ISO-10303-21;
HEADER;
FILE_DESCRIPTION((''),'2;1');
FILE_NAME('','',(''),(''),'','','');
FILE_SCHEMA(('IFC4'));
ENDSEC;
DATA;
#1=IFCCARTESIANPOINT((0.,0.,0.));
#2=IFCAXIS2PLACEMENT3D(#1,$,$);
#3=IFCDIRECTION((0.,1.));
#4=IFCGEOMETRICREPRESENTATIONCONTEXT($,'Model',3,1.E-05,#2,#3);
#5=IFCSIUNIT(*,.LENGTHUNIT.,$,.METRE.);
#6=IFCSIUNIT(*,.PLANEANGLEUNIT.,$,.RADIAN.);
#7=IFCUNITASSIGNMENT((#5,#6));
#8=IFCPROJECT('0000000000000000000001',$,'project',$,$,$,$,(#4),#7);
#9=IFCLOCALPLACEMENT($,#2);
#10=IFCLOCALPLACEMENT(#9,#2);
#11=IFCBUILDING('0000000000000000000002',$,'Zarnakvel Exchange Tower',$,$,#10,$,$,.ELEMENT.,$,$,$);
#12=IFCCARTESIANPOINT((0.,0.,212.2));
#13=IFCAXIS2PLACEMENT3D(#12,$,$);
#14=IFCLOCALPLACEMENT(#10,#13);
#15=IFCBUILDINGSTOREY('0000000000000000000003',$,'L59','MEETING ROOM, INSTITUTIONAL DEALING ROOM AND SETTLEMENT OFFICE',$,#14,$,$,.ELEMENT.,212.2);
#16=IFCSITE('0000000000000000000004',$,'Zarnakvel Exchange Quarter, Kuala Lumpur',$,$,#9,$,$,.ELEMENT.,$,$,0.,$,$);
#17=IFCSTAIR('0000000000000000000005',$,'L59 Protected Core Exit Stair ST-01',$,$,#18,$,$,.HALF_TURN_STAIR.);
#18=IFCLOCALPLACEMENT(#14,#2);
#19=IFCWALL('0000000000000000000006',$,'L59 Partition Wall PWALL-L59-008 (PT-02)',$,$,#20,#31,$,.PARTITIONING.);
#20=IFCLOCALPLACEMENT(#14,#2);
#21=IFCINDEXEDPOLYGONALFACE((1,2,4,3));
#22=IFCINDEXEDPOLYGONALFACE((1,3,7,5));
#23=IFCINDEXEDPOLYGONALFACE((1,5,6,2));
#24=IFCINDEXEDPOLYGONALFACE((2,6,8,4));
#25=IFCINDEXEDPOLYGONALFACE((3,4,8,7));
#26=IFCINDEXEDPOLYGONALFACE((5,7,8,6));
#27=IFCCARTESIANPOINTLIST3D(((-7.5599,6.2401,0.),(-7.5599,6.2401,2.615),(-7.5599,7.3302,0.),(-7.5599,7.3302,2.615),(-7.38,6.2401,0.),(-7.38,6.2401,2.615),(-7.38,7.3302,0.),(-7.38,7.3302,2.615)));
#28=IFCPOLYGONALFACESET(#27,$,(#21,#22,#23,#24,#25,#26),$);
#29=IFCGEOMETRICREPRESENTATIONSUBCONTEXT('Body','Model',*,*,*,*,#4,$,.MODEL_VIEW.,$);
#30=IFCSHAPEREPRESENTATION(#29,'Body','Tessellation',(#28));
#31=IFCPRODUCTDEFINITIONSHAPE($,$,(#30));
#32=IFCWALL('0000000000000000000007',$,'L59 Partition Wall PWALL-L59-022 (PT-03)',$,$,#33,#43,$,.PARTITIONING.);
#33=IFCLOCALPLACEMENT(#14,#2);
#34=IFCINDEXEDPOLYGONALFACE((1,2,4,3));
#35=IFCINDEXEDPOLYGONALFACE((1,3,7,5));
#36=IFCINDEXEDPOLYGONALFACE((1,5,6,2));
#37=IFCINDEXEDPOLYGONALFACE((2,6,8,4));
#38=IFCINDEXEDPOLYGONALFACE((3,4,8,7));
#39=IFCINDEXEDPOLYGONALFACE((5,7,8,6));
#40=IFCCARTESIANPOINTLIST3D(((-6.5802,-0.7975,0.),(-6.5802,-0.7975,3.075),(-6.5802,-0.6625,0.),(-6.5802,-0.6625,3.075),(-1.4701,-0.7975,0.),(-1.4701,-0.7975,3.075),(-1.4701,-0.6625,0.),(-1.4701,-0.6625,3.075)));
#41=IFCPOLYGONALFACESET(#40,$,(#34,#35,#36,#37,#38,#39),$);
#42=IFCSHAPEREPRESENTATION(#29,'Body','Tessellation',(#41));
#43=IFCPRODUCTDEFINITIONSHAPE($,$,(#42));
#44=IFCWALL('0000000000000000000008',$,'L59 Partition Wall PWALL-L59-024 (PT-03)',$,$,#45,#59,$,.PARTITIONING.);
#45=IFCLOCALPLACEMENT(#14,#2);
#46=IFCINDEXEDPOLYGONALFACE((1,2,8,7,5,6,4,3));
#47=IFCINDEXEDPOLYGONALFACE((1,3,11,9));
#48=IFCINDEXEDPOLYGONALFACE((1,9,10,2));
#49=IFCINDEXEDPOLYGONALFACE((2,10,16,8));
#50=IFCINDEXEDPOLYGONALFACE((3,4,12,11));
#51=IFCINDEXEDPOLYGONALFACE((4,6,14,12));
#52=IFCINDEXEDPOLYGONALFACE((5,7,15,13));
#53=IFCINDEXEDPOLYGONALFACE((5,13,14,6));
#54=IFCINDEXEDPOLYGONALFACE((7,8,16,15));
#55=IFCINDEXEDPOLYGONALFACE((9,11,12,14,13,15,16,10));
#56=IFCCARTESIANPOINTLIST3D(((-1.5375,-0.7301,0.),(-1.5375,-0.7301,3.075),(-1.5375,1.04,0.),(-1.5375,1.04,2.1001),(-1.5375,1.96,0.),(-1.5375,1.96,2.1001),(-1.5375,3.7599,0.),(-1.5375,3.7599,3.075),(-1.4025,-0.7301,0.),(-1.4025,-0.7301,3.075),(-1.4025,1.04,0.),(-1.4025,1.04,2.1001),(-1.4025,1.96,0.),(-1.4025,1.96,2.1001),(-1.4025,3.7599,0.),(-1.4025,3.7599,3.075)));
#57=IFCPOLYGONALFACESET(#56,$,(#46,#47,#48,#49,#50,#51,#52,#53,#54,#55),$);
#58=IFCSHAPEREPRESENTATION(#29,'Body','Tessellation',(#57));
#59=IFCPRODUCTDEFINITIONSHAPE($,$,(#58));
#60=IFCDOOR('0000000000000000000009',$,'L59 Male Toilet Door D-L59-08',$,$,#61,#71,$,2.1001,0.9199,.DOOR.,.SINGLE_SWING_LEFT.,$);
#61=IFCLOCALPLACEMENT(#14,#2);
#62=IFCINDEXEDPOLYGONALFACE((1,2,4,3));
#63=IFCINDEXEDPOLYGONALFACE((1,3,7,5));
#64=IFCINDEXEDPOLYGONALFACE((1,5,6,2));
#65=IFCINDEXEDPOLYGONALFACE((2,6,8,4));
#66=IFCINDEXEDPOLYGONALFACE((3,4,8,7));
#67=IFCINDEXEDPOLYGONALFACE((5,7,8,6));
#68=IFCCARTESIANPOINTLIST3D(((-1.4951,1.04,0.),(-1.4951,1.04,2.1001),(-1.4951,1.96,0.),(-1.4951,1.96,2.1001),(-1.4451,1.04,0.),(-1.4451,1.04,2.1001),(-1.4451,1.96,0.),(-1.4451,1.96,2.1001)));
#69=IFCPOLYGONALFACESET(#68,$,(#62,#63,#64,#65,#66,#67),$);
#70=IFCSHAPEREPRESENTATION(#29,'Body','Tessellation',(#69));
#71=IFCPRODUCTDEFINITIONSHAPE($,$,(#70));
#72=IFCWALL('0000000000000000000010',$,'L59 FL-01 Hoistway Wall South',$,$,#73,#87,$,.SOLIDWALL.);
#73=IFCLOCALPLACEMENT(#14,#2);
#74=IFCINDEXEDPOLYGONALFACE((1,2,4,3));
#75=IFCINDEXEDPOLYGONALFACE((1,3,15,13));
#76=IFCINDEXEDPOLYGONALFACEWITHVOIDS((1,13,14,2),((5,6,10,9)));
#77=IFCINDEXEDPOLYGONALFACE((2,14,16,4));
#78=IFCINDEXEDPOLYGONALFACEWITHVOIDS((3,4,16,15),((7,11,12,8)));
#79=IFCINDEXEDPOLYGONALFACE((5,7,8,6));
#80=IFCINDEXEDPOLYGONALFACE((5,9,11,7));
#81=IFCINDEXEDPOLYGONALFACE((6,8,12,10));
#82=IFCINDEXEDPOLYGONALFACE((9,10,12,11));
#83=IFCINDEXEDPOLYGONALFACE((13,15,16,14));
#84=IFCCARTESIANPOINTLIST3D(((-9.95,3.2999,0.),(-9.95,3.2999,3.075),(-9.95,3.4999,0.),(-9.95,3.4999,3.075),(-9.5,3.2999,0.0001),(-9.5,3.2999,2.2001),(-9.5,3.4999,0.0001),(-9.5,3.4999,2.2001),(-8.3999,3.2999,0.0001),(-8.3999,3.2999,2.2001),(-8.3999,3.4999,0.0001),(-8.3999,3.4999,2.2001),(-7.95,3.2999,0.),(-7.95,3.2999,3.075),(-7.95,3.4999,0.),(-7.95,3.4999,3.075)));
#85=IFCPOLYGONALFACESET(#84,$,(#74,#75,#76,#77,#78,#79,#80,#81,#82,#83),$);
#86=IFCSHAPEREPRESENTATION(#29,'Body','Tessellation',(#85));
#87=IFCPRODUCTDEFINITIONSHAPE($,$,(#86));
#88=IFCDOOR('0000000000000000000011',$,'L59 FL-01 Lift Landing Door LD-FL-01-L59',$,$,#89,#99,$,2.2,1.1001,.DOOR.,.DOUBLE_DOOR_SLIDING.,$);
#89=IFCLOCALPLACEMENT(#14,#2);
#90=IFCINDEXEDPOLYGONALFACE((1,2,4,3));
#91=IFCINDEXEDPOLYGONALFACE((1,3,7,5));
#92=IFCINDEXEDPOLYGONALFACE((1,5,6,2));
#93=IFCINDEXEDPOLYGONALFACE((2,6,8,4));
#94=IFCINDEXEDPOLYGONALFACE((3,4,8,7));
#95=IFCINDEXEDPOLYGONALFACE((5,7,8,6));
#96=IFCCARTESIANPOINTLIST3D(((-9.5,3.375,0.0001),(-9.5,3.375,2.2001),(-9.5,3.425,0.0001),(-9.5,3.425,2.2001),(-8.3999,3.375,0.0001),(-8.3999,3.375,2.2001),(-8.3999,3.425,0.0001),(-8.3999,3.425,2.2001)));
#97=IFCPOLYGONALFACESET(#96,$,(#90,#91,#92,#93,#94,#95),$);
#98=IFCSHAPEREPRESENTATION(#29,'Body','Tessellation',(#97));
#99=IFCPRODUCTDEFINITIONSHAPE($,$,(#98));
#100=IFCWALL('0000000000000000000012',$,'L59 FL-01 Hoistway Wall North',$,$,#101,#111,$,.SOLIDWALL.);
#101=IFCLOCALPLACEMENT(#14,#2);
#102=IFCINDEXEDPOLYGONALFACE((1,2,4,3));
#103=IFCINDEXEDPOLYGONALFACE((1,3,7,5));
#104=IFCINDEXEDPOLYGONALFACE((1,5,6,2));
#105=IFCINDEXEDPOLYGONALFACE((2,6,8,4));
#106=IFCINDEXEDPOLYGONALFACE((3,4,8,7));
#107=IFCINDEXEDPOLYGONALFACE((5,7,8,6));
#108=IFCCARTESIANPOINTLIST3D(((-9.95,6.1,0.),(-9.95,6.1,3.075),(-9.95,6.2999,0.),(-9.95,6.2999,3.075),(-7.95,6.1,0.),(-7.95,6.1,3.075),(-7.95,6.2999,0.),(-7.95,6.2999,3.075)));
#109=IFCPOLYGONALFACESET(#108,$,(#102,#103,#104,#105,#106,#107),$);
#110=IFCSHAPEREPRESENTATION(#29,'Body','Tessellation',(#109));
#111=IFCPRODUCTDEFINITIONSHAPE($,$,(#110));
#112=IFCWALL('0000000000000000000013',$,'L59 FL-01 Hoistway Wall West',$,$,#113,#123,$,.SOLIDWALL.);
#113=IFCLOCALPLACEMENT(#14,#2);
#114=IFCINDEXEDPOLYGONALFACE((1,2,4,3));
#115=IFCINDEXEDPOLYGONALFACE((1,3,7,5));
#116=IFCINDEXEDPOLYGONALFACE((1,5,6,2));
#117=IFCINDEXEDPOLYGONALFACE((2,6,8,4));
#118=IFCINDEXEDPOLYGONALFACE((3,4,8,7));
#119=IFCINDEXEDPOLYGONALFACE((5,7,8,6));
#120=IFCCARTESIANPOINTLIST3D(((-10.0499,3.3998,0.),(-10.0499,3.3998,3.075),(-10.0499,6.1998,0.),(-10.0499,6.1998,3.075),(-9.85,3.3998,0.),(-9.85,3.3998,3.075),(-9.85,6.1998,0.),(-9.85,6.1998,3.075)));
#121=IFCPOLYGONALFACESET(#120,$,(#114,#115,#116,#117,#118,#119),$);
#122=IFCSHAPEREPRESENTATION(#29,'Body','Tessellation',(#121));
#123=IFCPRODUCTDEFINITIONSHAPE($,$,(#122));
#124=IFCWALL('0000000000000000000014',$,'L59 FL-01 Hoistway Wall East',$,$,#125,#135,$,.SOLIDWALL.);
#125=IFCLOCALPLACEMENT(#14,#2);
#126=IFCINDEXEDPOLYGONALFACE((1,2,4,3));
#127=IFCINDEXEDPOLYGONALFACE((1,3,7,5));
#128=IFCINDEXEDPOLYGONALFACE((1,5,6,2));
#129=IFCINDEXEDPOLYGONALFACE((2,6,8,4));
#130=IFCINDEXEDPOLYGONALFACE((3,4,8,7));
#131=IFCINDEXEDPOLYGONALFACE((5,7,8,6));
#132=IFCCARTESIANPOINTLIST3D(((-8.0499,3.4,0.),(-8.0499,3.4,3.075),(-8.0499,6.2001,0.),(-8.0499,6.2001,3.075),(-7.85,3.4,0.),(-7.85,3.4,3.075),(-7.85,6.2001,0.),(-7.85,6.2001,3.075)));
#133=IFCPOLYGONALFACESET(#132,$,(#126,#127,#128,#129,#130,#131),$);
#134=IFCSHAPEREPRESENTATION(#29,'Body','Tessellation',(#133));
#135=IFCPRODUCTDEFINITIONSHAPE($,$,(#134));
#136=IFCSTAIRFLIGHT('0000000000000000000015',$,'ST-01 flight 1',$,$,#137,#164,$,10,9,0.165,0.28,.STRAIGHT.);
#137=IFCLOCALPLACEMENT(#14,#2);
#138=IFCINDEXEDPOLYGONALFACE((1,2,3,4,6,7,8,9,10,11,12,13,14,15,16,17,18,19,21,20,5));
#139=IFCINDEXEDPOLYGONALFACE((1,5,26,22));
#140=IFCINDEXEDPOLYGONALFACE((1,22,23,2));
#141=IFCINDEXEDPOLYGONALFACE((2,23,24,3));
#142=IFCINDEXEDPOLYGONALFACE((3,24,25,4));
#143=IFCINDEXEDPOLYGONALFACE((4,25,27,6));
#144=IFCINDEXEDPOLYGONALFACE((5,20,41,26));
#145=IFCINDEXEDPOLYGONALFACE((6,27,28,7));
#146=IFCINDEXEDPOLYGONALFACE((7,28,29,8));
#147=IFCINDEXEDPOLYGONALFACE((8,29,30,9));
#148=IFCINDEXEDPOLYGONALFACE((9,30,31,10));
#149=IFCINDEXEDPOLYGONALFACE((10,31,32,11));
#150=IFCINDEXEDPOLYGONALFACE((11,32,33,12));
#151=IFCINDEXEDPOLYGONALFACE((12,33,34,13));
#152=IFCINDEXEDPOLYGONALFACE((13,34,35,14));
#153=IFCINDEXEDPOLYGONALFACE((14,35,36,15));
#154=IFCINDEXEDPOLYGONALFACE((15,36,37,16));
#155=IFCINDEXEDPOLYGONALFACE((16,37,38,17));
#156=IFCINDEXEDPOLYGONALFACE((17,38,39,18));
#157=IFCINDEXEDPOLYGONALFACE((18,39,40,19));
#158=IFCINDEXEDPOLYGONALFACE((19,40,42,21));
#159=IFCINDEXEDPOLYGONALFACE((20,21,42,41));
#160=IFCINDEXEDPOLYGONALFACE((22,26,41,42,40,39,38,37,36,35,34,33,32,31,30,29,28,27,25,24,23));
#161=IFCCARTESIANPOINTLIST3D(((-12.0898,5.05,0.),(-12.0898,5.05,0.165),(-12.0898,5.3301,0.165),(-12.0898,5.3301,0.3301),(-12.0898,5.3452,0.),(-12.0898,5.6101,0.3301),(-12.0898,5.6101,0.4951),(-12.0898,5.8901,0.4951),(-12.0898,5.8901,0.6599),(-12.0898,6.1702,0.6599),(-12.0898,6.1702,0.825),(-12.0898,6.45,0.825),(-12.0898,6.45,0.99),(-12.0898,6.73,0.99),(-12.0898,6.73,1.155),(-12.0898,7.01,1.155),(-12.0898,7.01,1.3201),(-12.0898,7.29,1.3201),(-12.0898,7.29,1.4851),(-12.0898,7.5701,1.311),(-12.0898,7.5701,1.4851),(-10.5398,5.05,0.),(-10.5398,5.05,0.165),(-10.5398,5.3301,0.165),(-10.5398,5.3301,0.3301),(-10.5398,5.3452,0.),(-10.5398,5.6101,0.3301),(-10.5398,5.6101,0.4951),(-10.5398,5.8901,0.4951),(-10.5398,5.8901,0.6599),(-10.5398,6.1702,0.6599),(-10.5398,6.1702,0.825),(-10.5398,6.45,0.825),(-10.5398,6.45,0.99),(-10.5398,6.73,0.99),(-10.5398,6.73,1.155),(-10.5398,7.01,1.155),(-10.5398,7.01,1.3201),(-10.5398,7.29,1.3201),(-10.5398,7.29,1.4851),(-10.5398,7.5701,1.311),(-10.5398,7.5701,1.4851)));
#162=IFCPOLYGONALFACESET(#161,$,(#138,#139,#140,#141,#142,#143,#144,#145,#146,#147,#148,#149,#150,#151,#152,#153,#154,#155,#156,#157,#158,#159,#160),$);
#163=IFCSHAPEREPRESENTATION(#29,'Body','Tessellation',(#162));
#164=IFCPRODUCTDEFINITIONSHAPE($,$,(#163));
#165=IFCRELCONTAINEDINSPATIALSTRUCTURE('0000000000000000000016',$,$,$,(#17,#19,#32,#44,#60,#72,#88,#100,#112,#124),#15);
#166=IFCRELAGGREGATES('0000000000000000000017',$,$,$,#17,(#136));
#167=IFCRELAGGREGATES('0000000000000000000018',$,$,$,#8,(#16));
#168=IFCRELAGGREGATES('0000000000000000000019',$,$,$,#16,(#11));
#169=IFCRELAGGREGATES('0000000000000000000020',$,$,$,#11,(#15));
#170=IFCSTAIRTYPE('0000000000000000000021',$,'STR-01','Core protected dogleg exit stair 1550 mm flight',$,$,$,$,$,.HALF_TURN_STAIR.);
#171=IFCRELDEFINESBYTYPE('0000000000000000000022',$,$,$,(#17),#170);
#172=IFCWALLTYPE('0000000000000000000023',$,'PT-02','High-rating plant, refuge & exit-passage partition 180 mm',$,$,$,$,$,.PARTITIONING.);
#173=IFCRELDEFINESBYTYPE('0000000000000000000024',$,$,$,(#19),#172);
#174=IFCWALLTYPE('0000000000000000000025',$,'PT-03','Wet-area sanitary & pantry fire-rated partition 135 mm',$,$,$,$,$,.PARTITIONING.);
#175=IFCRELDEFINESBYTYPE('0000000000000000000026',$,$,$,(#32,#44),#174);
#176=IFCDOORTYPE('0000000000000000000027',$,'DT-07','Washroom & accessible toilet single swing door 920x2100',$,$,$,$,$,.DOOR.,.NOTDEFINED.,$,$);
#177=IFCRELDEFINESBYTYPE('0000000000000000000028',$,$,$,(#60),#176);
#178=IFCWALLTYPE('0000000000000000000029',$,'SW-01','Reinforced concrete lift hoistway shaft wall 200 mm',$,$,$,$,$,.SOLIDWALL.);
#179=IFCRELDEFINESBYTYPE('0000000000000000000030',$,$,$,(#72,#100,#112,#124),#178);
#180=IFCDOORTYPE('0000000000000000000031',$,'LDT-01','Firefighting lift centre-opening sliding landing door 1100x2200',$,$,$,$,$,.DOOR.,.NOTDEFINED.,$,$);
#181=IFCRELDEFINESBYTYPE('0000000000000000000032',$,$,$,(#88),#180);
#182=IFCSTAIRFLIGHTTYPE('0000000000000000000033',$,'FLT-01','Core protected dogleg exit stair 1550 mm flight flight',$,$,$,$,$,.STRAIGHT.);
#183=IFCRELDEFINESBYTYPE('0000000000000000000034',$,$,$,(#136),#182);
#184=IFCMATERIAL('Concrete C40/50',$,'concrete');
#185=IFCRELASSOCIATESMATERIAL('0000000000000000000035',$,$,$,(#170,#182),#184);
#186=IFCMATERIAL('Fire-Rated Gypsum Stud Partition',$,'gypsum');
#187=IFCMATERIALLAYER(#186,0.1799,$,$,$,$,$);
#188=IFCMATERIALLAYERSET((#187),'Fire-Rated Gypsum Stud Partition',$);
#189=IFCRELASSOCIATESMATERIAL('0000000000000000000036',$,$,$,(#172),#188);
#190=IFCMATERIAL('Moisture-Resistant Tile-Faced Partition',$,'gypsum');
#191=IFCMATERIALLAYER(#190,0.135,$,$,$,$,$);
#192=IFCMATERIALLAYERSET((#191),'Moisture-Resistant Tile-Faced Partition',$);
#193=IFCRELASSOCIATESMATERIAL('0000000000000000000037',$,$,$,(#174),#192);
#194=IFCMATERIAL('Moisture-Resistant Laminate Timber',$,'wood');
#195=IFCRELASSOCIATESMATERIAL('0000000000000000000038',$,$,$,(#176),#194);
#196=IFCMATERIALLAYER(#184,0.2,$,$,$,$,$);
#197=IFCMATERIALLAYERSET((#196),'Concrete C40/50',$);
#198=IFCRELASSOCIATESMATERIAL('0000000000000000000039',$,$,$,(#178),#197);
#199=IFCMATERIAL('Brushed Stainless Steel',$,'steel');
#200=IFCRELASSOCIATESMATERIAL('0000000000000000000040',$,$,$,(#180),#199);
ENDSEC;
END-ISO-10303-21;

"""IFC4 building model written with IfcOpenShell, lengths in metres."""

from ifc_helpers import new_model, si_unit, direction, frame, frame_2d, origin, place, context, subcontext, project, spatial, polyline, rectangle, outline, extrude, source, transform, mapped, material, layer, layer_set, type_object, element, fill, aggregate, save


model = new_model("IFC4")

# Units and contexts
model_context = context("Model", 3, precision=1e-05, world=origin(), true_north=direction((0.0, 1.0)))
body_context = subcontext(model_context, "Body", "Model", "MODEL_VIEW")
ifc_project = project(units=[si_unit("LENGTHUNIT", "METRE"), si_unit("PLANEANGLEUNIT", "RADIAN")], contexts=[model_context])

# Site, building, storey
site_placement = place(None, origin())
site = spatial("IfcSite", under=ifc_project, at=site_placement, Name="Zarnakvel Exchange Quarter, Kuala Lumpur", CompositionType="ELEMENT", RefElevation=0.0)
building_placement = place(site_placement, origin())
building = spatial("IfcBuilding", under=site, at=building_placement, Name="Zarnakvel Exchange Tower", CompositionType="ELEMENT")
storey_placement = place(building_placement, frame((0.0, 0.0, 212.2)))
storey = spatial("IfcBuildingStorey", under=building, at=storey_placement, Name="L59", Description="MEETING ROOM, INSTITUTIONAL DEALING ROOM AND SETTLEMENT OFFICE", CompositionType="ELEMENT", Elevation=212.2)

# Stair
ifc_material_1 = material(Name="Concrete C40/50", Category="concrete")
stair_type = type_object("IfcStairType", Name="STR-01", Description="Core protected dogleg exit stair 1550 mm flight", PredefinedType="HALF_TURN_STAIR", material=ifc_material_1)
stair_placement = place(storey_placement, origin())
stair = element("IfcStair", 1, at=stair_placement, inside=storey, type_object=stair_type, Name="L59 Protected Core Exit Stair ST-01", PredefinedType="HALF_TURN_STAIR")

# Shared definitions
ifc_material_2 = material(Name="Fire-Rated Gypsum Stud Partition", Category="gypsum")

# Walls
ifc_layer_1 = layer(ifc_material_2, 0.1799)
ifc_layer_set_1 = layer_set([ifc_layer_1], Name="Fire-Rated Gypsum Stud Partition")
wall_type_1 = type_object("IfcWallType", Name="PT-02", Description="High-rating plant, refuge & exit-passage partition 180 mm", PredefinedType="PARTITIONING", material=ifc_layer_set_1)
wall_1_placement = place(storey_placement, frame((-7.47, 7.3301, 0.0), z_axis=(0.0, 0.0, 1.0), x_axis=(0.0, -1.0, 0.0)))
element("IfcWall", 2, at=wall_1_placement, inside=storey, type_object=wall_type_1, Name="L59 Partition Wall PWALL-L59-008 (PT-02)", PredefinedType="PARTITIONING", context=body_context, shape_type="SweptSolid", body=[
    extrude(rectangle(XDim=1.0901, YDim=0.1799, at=frame_2d((0.5449, 0.0))), origin(), (0.0, 0.0, 1.0), 2.615),
])
ifc_material_3 = material(Name="Moisture-Resistant Tile-Faced Partition", Category="gypsum")
ifc_layer_2 = layer(ifc_material_3, 0.135)
ifc_layer_set_2 = layer_set([ifc_layer_2], Name="Moisture-Resistant Tile-Faced Partition")
wall_type_2 = type_object("IfcWallType", Name="PT-03", Description="Wet-area sanitary & pantry fire-rated partition 135 mm", PredefinedType="PARTITIONING", material=ifc_layer_set_2)
wall_2_placement = place(storey_placement, frame((-1.47, -0.73, 0.0), z_axis=(0.0, 0.0, 1.0), x_axis=(-1.0, 0.0, 0.0)))
element("IfcWall", 3, at=wall_2_placement, inside=storey, type_object=wall_type_2, Name="L59 Partition Wall PWALL-L59-022 (PT-03)", PredefinedType="PARTITIONING", context=body_context, shape_type="SweptSolid", body=[
    extrude(rectangle(XDim=5.1101, YDim=0.135, at=frame_2d((2.5552, 0.0))), origin(), (0.0, 0.0, 1.0), 3.075),
])

# Walls, openings, doors
wall_3_placement = place(storey_placement, frame((-1.47, 3.76, 0.0), z_axis=(0.0, 0.0, 1.0), x_axis=(0.0, -1.0, 0.0)))
wall_3 = element("IfcWall", 4, at=wall_3_placement, inside=storey, type_object=wall_type_2, Name="L59 Partition Wall PWALL-L59-024 (PT-03)", PredefinedType="PARTITIONING", context=body_context, shape_type="SweptSolid", body=[
    extrude(rectangle(XDim=4.49, YDim=0.135, at=frame_2d((2.2451, 0.0))), origin(), (0.0, 0.0, 1.0), 3.075),
])
opening_1_placement = place(wall_3_placement, frame((1.8, 0.0, 0.0)))
opening_1 = element("IfcOpeningElement", 5, at=opening_1_placement, cuts=wall_3, PredefinedType="OPENING", context=body_context, shape_type="SweptSolid", body=[
    extrude(rectangle(XDim=0.9199, YDim=2.1001, at=frame_2d((0.46, 1.05))), frame((0.0, 0.0774, 0.0), z_axis=(0.0, -1.0, 0.0), x_axis=(1.0, 0.0, 0.0)), (0.0, 0.0, 1.0), 0.155),
])
ifc_material_4 = material(Name="Moisture-Resistant Laminate Timber", Category="wood")
door_type_1 = type_object("IfcDoorType", Name="DT-07", Description="Washroom & accessible toilet single swing door 920x2100", OperationType="NOTDEFINED", PredefinedType="DOOR", material=ifc_material_4)
shared_shape_1 = source(origin(), body_context, "Body", "SweptSolid", [
    extrude(rectangle(XDim=0.9199, YDim=2.1001, at=frame_2d((0.46, 1.05))), frame((0.0, 0.0249, 0.0), z_axis=(0.0, -1.0, 0.0), x_axis=(1.0, 0.0, 0.0)), (0.0, 0.0, 1.0), 0.05),
])
door_1_placement = place(opening_1_placement, origin())
door_1 = element("IfcDoor", 6, at=door_1_placement, inside=storey, type_object=door_type_1, Name="L59 Male Toilet Door D-L59-08", OperationType="SINGLE_SWING_LEFT", OverallHeight=2.1001, OverallWidth=0.9199, PredefinedType="DOOR", context=body_context, shape_type="MappedRepresentation", body=[
    mapped(shared_shape_1, transform((0.0, 0.0, 0.0), x_axis=(1.0, 0.0, 0.0), y_axis=(0.0, 1.0, 0.0), z_axis=(0.0, 0.0, 1.0), scale=1.0)),
])
fill(opening_1, door_1)
ifc_layer_3 = layer(ifc_material_1, 0.2)
ifc_layer_set_3 = layer_set([ifc_layer_3], Name="Concrete C40/50")
wall_type_3 = type_object("IfcWallType", Name="SW-01", Description="Reinforced concrete lift hoistway shaft wall 200 mm", PredefinedType="SOLIDWALL", material=ifc_layer_set_3)
wall_4_placement = place(storey_placement, frame((-7.95, 3.3999, 0.0), z_axis=(0.0, 0.0, 1.0), x_axis=(-1.0, 0.0, 0.0)))
wall_4 = element("IfcWall", 7, at=wall_4_placement, inside=storey, type_object=wall_type_3, Name="L59 FL-01 Hoistway Wall South", PredefinedType="SOLIDWALL", context=body_context, shape_type="SweptSolid", body=[
    extrude(rectangle(XDim=2.0, YDim=0.2, at=frame_2d((1.0, 0.0))), origin(), (0.0, 0.0, 1.0), 3.075),
])
opening_2_placement = place(wall_4_placement, frame((0.45, 0.0, 0.0)))
opening_2 = element("IfcOpeningElement", 8, at=opening_2_placement, cuts=wall_4, PredefinedType="OPENING", context=body_context, shape_type="SweptSolid", body=[
    extrude(rectangle(XDim=1.1001, YDim=2.2, at=frame_2d((0.55, 1.1001))), frame((0.0, 0.1099, 0.0), z_axis=(0.0, -1.0, 0.0), x_axis=(1.0, 0.0, 0.0)), (0.0, 0.0, 1.0), 0.22),
])
ifc_material_5 = material(Name="Brushed Stainless Steel", Category="steel")
door_type_2 = type_object("IfcDoorType", Name="LDT-01", Description="Firefighting lift centre-opening sliding landing door 1100x2200", OperationType="NOTDEFINED", PredefinedType="DOOR", material=ifc_material_5)
shared_shape_2 = source(origin(), body_context, "Body", "SweptSolid", [
    extrude(rectangle(XDim=1.1001, YDim=2.2, at=frame_2d((0.55, 1.1001))), frame((0.0, 0.0249, 0.0), z_axis=(0.0, -1.0, 0.0), x_axis=(1.0, 0.0, 0.0)), (0.0, 0.0, 1.0), 0.05),
])
door_2_placement = place(opening_2_placement, origin())
door_2 = element("IfcDoor", 9, at=door_2_placement, inside=storey, type_object=door_type_2, Name="L59 FL-01 Lift Landing Door LD-FL-01-L59", OperationType="DOUBLE_DOOR_SLIDING", OverallHeight=2.2, OverallWidth=1.1001, PredefinedType="DOOR", context=body_context, shape_type="MappedRepresentation", body=[
    mapped(shared_shape_2, transform((0.0, 0.0, 0.0), x_axis=(1.0, 0.0, 0.0), y_axis=(0.0, 1.0, 0.0), z_axis=(0.0, 0.0, 1.0), scale=1.0)),
])
fill(opening_2, door_2)

# Walls
wall_5_placement = place(storey_placement, frame((-9.95, 6.2, 0.0), z_axis=(0.0, 0.0, 1.0), x_axis=(1.0, 0.0, 0.0)))
element("IfcWall", 10, at=wall_5_placement, inside=storey, type_object=wall_type_3, Name="L59 FL-01 Hoistway Wall North", PredefinedType="SOLIDWALL", context=body_context, shape_type="SweptSolid", body=[
    extrude(rectangle(XDim=2.0, YDim=0.2, at=frame_2d((1.0, 0.0))), origin(), (0.0, 0.0, 1.0), 3.075),
])
for number, where, z_axis, x_axis, name in (
    (11, (-9.95, 3.3999, 0.0), (0.0, 0.0, 1.0), (0.0, 1.0, 0.0), "L59 FL-01 Hoistway Wall West"),
    (12, (-7.95, 6.2, 0.0), (0.0, 0.0, 1.0), (0.0, -1.0, 0.0), "L59 FL-01 Hoistway Wall East"),
):
    element("IfcWall", number, at=place(storey_placement, frame(where, z_axis=z_axis, x_axis=x_axis)), inside=storey, type_object=wall_type_3, Name=name, PredefinedType="SOLIDWALL", context=body_context, shape_type="SweptSolid", body=[
        extrude(rectangle(XDim=2.8, YDim=0.2, at=frame_2d((1.3999, 0.0))), origin(), (0.0, 0.0, 1.0), 3.075),
    ])

# Stair flight
stair_flight_type = type_object("IfcStairFlightType", Name="FLT-01", Description="Core protected dogleg exit stair 1550 mm flight flight", PredefinedType="STRAIGHT", material=ifc_material_1)
stair_flight_placement = place(storey_placement, frame((-11.3149, 5.05, 0.0), z_axis=(0.0, 0.0, 1.0), x_axis=(0.0, 1.0, 0.0)))
stair_flight = element("IfcStairFlight", 13, at=stair_flight_placement, type_object=stair_flight_type, Name="ST-01 flight 1", NumberOfRisers=10, NumberOfTreads=9, PredefinedType="STRAIGHT", RiserHeight=0.165, TreadLength=0.28, context=body_context, shape_type="SweptSolid", body=[
    extrude(outline(polyline([(0.0, 0.0), (0.0, 0.165), (0.28, 0.165), (0.28, 0.3301), (0.5601, 0.3301), (0.5601, 0.4951), (0.8401, 0.4951), (0.8401, 0.6599), (1.1201, 0.6599), (1.1201, 0.825), (1.3999, 0.825), (1.3999, 0.99), (1.6799, 0.99), (1.6799, 1.155), (1.96, 1.155), (1.96, 1.3201), (2.24, 1.3201), (2.24, 1.4851), (2.52, 1.4851), (2.52, 1.6499), (2.52, 1.311), (0.2952, 0.0), (0.0, 0.0)])), frame((0.0, 0.7749, 0.0), z_axis=(0.0, -1.0, 0.0), x_axis=(1.0, 0.0, 0.0)), (0.0, 0.0, 1.0), 1.55),
])
aggregate(stair, [stair_flight])

save(model, "model.ifc")
